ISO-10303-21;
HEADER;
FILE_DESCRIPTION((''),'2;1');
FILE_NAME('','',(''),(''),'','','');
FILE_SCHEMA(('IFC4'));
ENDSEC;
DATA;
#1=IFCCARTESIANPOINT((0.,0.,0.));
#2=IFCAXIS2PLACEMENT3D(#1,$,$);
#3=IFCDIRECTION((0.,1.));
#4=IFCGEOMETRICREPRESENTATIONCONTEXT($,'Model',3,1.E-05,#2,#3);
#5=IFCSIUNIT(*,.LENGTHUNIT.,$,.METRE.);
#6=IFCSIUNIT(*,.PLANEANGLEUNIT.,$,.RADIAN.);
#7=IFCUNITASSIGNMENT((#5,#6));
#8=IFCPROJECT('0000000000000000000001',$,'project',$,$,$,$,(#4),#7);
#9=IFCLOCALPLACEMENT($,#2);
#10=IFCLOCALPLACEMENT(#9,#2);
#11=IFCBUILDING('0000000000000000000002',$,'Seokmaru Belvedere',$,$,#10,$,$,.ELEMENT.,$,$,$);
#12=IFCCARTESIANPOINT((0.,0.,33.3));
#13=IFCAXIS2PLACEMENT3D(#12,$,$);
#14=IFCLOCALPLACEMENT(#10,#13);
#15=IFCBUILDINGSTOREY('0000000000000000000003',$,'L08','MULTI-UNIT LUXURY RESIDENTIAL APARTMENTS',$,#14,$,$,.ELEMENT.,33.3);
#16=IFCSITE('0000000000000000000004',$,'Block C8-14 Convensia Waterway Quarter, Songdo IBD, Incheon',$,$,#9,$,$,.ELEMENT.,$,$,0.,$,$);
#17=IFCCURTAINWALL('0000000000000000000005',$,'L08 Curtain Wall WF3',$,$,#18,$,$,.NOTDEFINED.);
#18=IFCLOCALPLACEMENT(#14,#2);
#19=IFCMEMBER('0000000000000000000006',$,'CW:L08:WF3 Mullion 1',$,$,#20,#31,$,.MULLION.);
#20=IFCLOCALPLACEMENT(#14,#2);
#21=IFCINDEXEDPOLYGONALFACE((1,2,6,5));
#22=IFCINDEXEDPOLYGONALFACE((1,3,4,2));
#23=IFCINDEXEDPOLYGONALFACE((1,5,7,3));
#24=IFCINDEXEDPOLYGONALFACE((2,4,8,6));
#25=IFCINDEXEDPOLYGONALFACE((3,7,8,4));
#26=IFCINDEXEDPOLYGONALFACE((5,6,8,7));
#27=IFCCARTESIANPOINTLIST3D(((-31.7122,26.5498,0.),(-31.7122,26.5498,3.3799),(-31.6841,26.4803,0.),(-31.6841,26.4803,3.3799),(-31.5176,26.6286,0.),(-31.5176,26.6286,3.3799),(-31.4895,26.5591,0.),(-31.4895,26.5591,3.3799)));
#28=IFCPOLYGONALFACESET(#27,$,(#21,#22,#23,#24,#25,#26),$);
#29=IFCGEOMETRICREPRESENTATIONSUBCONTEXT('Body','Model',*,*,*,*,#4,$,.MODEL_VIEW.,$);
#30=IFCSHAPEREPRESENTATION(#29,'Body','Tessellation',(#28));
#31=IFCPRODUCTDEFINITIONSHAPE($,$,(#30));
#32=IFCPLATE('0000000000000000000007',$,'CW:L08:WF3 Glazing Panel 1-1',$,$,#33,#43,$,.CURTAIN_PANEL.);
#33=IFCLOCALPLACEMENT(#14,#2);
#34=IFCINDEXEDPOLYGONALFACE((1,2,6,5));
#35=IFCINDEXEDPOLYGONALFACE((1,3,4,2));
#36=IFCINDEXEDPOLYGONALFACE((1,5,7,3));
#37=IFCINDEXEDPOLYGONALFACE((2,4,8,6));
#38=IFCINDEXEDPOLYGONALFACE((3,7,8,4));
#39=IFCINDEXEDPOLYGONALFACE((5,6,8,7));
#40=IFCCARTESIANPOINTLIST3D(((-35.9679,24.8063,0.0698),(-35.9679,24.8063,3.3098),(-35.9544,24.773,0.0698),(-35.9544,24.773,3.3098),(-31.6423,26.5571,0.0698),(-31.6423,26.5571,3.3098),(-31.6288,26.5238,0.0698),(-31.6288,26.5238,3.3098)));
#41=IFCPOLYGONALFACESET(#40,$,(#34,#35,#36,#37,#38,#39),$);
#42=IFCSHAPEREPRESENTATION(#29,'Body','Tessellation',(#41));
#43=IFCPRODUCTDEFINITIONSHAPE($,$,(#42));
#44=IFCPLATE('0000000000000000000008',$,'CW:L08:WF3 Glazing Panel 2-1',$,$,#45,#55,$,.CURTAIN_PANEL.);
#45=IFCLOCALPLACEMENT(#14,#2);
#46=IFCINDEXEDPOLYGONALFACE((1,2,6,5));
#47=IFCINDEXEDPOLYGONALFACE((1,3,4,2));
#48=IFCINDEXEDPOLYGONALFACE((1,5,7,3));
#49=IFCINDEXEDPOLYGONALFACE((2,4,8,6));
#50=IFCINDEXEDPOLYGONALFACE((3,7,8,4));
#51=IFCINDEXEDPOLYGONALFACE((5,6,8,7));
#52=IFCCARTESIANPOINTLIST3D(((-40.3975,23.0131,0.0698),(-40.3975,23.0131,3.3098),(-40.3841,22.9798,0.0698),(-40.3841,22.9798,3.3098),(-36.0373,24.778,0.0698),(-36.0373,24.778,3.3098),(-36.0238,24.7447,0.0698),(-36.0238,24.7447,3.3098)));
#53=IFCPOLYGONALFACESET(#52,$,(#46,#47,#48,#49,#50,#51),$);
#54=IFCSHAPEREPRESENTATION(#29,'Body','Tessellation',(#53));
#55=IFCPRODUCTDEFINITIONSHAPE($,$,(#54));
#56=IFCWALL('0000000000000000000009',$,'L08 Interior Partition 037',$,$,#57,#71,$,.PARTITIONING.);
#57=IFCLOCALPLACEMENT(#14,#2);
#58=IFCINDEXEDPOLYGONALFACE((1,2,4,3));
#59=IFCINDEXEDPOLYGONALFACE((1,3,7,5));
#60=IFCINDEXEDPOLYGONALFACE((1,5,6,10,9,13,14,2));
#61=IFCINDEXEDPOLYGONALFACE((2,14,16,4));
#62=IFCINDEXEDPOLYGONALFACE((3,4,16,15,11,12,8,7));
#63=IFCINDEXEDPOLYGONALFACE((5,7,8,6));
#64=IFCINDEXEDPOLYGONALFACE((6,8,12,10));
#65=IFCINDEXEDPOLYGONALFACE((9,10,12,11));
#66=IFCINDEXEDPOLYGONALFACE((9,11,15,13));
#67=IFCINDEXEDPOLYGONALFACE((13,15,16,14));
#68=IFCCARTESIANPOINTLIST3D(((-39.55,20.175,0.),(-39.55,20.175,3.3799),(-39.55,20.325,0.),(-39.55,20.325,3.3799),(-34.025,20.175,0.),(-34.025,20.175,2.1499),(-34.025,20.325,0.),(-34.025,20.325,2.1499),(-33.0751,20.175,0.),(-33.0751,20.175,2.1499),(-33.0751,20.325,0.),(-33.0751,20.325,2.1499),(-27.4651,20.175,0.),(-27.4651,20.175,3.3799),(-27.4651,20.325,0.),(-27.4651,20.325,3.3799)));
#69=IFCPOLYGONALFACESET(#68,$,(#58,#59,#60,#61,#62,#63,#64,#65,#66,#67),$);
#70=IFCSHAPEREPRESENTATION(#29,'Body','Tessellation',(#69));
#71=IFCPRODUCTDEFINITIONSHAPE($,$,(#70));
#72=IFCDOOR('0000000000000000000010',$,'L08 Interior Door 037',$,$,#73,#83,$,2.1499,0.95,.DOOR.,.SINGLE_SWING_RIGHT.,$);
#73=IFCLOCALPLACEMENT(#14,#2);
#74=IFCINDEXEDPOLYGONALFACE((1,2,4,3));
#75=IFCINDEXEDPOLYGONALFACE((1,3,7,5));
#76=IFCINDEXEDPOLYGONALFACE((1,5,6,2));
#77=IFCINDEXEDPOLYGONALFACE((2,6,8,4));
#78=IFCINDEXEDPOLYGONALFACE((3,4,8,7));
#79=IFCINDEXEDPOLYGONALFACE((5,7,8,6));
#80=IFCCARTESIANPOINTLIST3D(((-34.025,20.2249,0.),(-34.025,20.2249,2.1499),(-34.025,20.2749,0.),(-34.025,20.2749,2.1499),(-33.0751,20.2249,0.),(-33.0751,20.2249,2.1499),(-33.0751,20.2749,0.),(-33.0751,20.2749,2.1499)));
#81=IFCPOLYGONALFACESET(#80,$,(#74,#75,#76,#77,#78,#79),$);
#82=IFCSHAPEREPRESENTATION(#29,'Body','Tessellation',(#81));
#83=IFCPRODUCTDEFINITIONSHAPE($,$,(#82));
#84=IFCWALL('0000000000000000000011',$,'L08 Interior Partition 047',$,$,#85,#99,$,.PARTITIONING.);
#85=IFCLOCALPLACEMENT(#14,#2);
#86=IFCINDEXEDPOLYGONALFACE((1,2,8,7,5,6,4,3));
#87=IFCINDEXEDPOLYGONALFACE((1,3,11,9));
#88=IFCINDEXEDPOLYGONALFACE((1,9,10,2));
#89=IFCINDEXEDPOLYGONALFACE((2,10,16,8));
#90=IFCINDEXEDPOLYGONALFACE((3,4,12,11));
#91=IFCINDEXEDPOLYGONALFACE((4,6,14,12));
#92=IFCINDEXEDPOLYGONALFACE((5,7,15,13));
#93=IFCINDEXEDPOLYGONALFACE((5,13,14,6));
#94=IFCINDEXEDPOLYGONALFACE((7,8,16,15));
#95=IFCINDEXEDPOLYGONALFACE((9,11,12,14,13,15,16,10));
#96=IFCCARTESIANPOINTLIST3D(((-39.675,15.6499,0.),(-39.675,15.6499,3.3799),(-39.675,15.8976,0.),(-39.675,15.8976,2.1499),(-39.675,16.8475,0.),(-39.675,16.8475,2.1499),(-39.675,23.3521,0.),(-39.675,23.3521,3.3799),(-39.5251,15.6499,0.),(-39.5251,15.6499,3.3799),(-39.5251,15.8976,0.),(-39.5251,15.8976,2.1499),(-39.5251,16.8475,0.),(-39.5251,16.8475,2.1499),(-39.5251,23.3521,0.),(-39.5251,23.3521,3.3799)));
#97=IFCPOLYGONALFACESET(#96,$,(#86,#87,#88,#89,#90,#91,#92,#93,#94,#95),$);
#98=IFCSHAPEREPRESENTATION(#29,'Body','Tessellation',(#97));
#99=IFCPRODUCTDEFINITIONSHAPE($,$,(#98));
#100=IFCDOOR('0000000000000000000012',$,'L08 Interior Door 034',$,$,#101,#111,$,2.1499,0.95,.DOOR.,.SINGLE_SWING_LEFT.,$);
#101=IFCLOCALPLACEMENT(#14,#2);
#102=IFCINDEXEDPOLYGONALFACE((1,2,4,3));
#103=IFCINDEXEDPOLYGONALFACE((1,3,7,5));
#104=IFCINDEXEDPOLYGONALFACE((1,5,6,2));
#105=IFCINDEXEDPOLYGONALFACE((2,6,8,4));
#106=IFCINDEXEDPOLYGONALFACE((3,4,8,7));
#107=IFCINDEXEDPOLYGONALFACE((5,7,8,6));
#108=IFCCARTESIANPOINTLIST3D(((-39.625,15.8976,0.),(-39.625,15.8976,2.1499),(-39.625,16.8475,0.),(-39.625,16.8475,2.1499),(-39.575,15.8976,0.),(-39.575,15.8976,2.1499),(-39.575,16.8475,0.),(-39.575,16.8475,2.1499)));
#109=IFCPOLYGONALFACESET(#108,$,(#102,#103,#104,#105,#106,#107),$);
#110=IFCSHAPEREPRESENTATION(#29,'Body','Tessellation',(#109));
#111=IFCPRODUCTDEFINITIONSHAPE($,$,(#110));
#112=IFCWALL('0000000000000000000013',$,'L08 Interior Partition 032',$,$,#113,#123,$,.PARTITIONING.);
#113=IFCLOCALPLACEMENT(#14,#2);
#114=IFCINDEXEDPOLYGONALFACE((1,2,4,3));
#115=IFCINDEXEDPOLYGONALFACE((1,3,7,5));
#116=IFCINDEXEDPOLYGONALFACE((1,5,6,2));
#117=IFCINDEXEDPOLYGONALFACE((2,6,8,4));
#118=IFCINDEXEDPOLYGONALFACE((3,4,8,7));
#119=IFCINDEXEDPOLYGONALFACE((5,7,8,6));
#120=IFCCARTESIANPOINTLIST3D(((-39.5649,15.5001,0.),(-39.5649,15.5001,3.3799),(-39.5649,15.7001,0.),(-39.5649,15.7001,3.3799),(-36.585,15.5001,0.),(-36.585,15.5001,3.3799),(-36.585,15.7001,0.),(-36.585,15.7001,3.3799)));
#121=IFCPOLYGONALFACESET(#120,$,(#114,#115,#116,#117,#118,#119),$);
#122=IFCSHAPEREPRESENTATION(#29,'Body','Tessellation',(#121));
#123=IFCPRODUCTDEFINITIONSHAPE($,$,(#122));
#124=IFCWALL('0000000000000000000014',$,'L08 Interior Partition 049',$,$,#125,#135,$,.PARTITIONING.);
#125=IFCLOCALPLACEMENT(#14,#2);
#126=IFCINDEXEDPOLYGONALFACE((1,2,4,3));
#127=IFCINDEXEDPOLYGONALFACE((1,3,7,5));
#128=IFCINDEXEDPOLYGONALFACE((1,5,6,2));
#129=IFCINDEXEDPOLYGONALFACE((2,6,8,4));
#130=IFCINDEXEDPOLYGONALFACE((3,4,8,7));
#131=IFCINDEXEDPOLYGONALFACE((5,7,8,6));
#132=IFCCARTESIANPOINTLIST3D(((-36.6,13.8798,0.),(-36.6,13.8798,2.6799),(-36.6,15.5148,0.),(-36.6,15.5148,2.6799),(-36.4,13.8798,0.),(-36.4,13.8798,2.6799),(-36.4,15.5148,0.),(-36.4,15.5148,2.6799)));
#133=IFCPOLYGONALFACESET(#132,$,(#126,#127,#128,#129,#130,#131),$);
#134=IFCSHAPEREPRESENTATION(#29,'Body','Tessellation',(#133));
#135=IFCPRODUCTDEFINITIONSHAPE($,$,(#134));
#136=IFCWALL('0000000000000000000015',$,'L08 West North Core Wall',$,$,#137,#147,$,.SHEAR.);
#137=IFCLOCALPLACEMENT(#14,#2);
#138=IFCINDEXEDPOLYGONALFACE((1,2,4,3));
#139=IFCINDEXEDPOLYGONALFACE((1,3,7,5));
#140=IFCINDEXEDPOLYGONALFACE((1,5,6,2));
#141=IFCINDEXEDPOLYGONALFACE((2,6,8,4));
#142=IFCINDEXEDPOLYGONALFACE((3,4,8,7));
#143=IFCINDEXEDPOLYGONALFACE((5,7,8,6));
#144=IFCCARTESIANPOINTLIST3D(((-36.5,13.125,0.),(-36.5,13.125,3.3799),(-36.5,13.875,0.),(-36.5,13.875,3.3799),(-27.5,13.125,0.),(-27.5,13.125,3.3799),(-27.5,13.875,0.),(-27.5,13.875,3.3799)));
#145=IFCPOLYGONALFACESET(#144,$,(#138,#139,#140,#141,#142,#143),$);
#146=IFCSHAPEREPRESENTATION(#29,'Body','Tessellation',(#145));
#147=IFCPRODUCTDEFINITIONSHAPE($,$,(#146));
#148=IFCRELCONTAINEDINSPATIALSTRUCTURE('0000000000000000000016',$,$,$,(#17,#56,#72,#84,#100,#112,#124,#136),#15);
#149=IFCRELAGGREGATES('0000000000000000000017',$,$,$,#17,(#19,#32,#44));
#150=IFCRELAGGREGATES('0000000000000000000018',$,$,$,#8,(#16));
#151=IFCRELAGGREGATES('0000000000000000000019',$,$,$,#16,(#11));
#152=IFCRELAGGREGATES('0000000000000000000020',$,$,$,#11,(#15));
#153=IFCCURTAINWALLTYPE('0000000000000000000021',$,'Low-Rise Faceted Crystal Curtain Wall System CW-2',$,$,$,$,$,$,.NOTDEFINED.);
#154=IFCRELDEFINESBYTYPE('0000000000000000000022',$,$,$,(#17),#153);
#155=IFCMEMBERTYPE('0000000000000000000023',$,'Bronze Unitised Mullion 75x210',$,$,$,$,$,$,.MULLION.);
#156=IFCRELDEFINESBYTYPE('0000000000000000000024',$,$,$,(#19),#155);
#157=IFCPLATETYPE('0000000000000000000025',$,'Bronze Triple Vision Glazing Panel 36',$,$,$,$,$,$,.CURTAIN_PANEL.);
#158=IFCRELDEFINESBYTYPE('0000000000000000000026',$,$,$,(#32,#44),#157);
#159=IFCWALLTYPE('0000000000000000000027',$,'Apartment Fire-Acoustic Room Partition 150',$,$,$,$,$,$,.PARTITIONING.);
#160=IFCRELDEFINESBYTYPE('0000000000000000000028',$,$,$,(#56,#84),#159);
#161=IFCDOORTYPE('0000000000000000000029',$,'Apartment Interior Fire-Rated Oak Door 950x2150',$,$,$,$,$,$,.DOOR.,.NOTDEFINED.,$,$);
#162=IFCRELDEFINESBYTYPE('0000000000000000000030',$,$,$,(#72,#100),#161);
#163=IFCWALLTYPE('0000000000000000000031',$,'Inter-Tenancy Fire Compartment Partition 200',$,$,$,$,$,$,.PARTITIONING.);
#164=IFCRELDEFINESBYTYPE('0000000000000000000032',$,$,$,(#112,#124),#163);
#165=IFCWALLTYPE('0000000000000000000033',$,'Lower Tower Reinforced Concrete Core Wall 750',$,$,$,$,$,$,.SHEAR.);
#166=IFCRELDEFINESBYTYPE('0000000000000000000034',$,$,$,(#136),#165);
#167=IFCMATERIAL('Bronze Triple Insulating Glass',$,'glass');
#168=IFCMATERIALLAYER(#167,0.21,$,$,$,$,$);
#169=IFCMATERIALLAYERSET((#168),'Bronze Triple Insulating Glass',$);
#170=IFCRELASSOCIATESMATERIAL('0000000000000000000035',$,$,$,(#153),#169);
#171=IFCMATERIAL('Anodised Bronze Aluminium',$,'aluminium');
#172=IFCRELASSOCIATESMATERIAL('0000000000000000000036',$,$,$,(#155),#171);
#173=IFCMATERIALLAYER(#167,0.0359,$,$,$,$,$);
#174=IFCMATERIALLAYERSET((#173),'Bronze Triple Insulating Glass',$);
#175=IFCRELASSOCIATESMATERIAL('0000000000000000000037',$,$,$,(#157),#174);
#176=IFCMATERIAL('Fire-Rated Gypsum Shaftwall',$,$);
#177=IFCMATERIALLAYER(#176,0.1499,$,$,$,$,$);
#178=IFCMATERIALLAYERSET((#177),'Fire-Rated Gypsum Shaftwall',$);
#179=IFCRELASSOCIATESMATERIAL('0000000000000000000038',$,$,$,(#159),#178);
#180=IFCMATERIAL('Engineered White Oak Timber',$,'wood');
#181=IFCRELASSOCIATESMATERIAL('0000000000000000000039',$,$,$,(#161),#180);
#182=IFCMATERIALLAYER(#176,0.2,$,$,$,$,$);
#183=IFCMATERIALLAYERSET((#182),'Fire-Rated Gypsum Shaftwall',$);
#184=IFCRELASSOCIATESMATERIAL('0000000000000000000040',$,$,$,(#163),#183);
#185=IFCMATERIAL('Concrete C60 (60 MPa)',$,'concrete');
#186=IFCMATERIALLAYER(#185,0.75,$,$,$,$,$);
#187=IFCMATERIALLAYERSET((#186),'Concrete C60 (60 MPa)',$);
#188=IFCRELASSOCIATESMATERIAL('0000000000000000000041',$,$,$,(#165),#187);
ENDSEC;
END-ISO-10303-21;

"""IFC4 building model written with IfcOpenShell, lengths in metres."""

from ifc_helpers import new_model, si_unit, direction, frame, frame_2d, origin, origin_2d, place, context, subcontext, project, spatial, rectangle, extrude, source, transform, mapped, material, layer, layer_set, material_profile, profile_set, type_object, type_shapes, element, fill, aggregate, save


model = new_model("IFC4")

# Units and contexts
model_context = context("Model", 3, precision=1e-05, world=origin(), true_north=direction((0.0, 1.0)))
body_context = subcontext(model_context, "Body", "Model", "MODEL_VIEW")
ifc_project = project(units=[si_unit("LENGTHUNIT", "METRE"), si_unit("PLANEANGLEUNIT", "RADIAN")], contexts=[model_context])

# Site, building, storey
site_placement = place(None, origin())
site = spatial("IfcSite", under=ifc_project, at=site_placement, Name="Block C8-14 Convensia Waterway Quarter, Songdo IBD, Incheon", CompositionType="ELEMENT", RefElevation=0.0)
building_placement = place(site_placement, origin())
building = spatial("IfcBuilding", under=site, at=building_placement, Name="Seokmaru Belvedere", CompositionType="ELEMENT")
storey_placement = place(building_placement, frame((0.0, 0.0, 33.3)))
storey = spatial("IfcBuildingStorey", under=building, at=storey_placement, Name="L08", Description="MULTI-UNIT LUXURY RESIDENTIAL APARTMENTS", CompositionType="ELEMENT", Elevation=33.3)

# Curtain wall, member, plates
ifc_material_1 = material(Name="Bronze Triple Insulating Glass", Category="glass")
ifc_layer_1 = layer(ifc_material_1, 0.21)
ifc_layer_set_1 = layer_set([ifc_layer_1], Name="Bronze Triple Insulating Glass")
curtain_wall_type = type_object("IfcCurtainWallType", Name="Low-Rise Faceted Crystal Curtain Wall System CW-2", PredefinedType="NOTDEFINED", material=ifc_layer_set_1)
curtain_wall_placement = place(storey_placement, origin())
curtain_wall = element("IfcCurtainWall", 1, at=curtain_wall_placement, inside=storey, type_object=curtain_wall_type, Name="L08 Curtain Wall WF3", PredefinedType="NOTDEFINED")
ifc_material_2 = material(Name="Anodised Bronze Aluminium", Category="aluminium")
ifc_material_profile_1 = material_profile(ifc_material_2, rectangle(XDim=0.075, YDim=0.21, at=origin_2d()), Name="CW-M-75x210")
ifc_profile_set_1 = profile_set([ifc_material_profile_1], Name="Anodised Bronze Aluminium")
member_type_1 = type_object("IfcMemberType", Name="Bronze Unitised Mullion 75x210", PredefinedType="MULLION", material=ifc_profile_set_1)
shared_shape_1 = source(origin(), body_context, "Body", "SweptSolid", [
    extrude(rectangle(XDim=0.075, YDim=0.21, at=origin_2d()), origin(), (0.0, 0.0, 1.0), 3.3799),
])
member_1_placement = place(storey_placement, frame((-31.6008, 26.5544, 0.0), z_axis=(0.0, 0.0, 1.0), x_axis=(0.375192, -0.926947, 0.0)))
member_1 = element("IfcMember", 2, at=member_1_placement, type_object=member_type_1, Name="CW:L08:WF3 Mullion 1", PredefinedType="MULLION", context=body_context, shape_type="MappedRepresentation", body=[
    mapped(shared_shape_1, transform((0.0, 0.0, 0.0), scale=1.0)),
])
ifc_layer_2 = layer(ifc_material_1, 0.0359)
ifc_layer_set_2 = layer_set([ifc_layer_2], Name="Bronze Triple Insulating Glass")
plate_type = type_object("IfcPlateType", Name="Bronze Triple Vision Glazing Panel 36", PredefinedType="CURTAIN_PANEL", material=ifc_layer_set_2)
shared_shape_2 = source(origin(), body_context, "Body", "SweptSolid", [
    extrude(rectangle(XDim=4.6665, YDim=0.0359, at=origin_2d()), origin(), (0.0, 0.0, 1.0), 3.24),
])
plate_1_placement = place(storey_placement, frame((-33.7983, 25.665, 0.0698), z_axis=(0.0, 0.0, 1.0), x_axis=(-0.926947, -0.375192, 0.0)))
plate_1 = element("IfcPlate", 3, at=plate_1_placement, type_object=plate_type, Name="CW:L08:WF3 Glazing Panel 1-1", PredefinedType="CURTAIN_PANEL", context=body_context, shape_type="MappedRepresentation", body=[
    mapped(shared_shape_2, transform((0.0, 0.0, 0.0), scale=1.0)),
])
shared_shape_3 = source(origin(), body_context, "Body", "SweptSolid", [
    extrude(rectangle(XDim=4.7039, YDim=0.0359, at=origin_2d()), origin(), (0.0, 0.0, 1.0), 3.24),
])
type_shapes(plate_type, [shared_shape_2, shared_shape_3])
plate_2_placement = place(storey_placement, frame((-38.2107, 23.8789, 0.0698), z_axis=(0.0, 0.0, 1.0), x_axis=(-0.926947, -0.375192, 0.0)))
plate_2 = element("IfcPlate", 4, at=plate_2_placement, type_object=plate_type, Name="CW:L08:WF3 Glazing Panel 2-1", PredefinedType="CURTAIN_PANEL", context=body_context, shape_type="MappedRepresentation", body=[
    mapped(shared_shape_3, transform((0.0, 0.0, 0.0), scale=1.0)),
])
aggregate(curtain_wall, [member_1, plate_1, plate_2])

# Walls, openings, doors
ifc_material_3 = material(Name="Fire-Rated Gypsum Shaftwall")
ifc_layer_3 = layer(ifc_material_3, 0.1499)
ifc_layer_set_3 = layer_set([ifc_layer_3], Name="Fire-Rated Gypsum Shaftwall")
wall_type_1 = type_object("IfcWallType", Name="Apartment Fire-Acoustic Room Partition 150", PredefinedType="PARTITIONING", material=ifc_layer_set_3)
wall_1_placement = place(storey_placement, frame((-39.55, 20.25, 0.0), z_axis=(0.0, 0.0, 1.0), x_axis=(1.0, 0.0, 0.0)))
wall_1 = element("IfcWall", 5, at=wall_1_placement, inside=storey, type_object=wall_type_1, Name="L08 Interior Partition 037", PredefinedType="PARTITIONING", context=body_context, shape_type="SweptSolid", body=[
    extrude(rectangle(XDim=12.085, YDim=0.1499, at=frame_2d((6.0425, 0.0))), origin(), (0.0, 0.0, 1.0), 3.3799),
])
opening_1_placement = place(wall_1_placement, frame((5.5249, 0.0, 0.0)))
opening_1 = element("IfcOpeningElement", 6, at=opening_1_placement, cuts=wall_1, PredefinedType="OPENING", context=body_context, shape_type="SweptSolid", body=[
    extrude(rectangle(XDim=0.95, YDim=2.1499, at=frame_2d((0.4751, 1.075))), frame((0.0, 0.085, 0.0), z_axis=(0.0, -1.0, 0.0), x_axis=(1.0, 0.0, 0.0)), (0.0, 0.0, 1.0), 0.1699),
])
ifc_material_4 = material(Name="Engineered White Oak Timber", Category="wood")
door_type = type_object("IfcDoorType", Name="Apartment Interior Fire-Rated Oak Door 950x2150", OperationType="NOTDEFINED", PredefinedType="DOOR", material=ifc_material_4)
shared_shape_4 = source(origin(), body_context, "Body", "SweptSolid", [
    extrude(rectangle(XDim=0.95, YDim=2.1499, at=frame_2d((0.4751, 1.075))), frame((0.0, 0.0249, 0.0), z_axis=(0.0, -1.0, 0.0), x_axis=(1.0, 0.0, 0.0)), (0.0, 0.0, 1.0), 0.05),
])
type_shapes(door_type, [shared_shape_4])
door_1_placement = place(opening_1_placement, origin())
door_1 = element("IfcDoor", 7, at=door_1_placement, inside=storey, type_object=door_type, Name="L08 Interior Door 037", OperationType="SINGLE_SWING_RIGHT", OverallHeight=2.1499, OverallWidth=0.95, PredefinedType="DOOR", context=body_context, shape_type="MappedRepresentation", body=[
    mapped(shared_shape_4, transform((0.0, 0.0, 0.0), scale=1.0)),
])
fill(opening_1, door_1)
wall_2_placement = place(storey_placement, frame((-39.6001, 15.6499, 0.0), z_axis=(0.0, 0.0, 1.0), x_axis=(0.0, 1.0, 0.0)))
wall_2 = element("IfcWall", 8, at=wall_2_placement, inside=storey, type_object=wall_type_1, Name="L08 Interior Partition 047", PredefinedType="PARTITIONING", context=body_context, shape_type="SweptSolid", body=[
    extrude(rectangle(XDim=7.7021, YDim=0.1499, at=frame_2d((3.8511, 0.0))), origin(), (0.0, 0.0, 1.0), 3.3799),
])
opening_2_placement = place(wall_2_placement, frame((0.2476, 0.0, 0.0)))
opening_2 = element("IfcOpeningElement", 9, at=opening_2_placement, cuts=wall_2, PredefinedType="OPENING", context=body_context, shape_type="SweptSolid", body=[
    extrude(rectangle(XDim=0.95, YDim=2.1499, at=frame_2d((0.4751, 1.075))), frame((0.0, 0.085, 0.0), z_axis=(0.0, -1.0, 0.0), x_axis=(1.0, 0.0, 0.0)), (0.0, 0.0, 1.0), 0.1699),
])
door_2_placement = place(opening_2_placement, origin())
door_2 = element("IfcDoor", 10, at=door_2_placement, inside=storey, type_object=door_type, Name="L08 Interior Door 034", OperationType="SINGLE_SWING_LEFT", OverallHeight=2.1499, OverallWidth=0.95, PredefinedType="DOOR", context=body_context, shape_type="MappedRepresentation", body=[
    mapped(shared_shape_4, transform((0.0, 0.0, 0.0), scale=1.0)),
])
fill(opening_2, door_2)

# Walls
ifc_layer_4 = layer(ifc_material_3, 0.2)
ifc_layer_set_4 = layer_set([ifc_layer_4], Name="Fire-Rated Gypsum Shaftwall")
wall_type_2 = type_object("IfcWallType", Name="Inter-Tenancy Fire Compartment Partition 200", PredefinedType="PARTITIONING", material=ifc_layer_set_4)
wall_3_placement = place(storey_placement, frame((-39.5649, 15.6001, 0.0), z_axis=(0.0, 0.0, 1.0), x_axis=(1.0, 0.0, 0.0)))
element("IfcWall", 11, at=wall_3_placement, inside=storey, type_object=wall_type_2, Name="L08 Interior Partition 032", PredefinedType="PARTITIONING", context=body_context, shape_type="SweptSolid", body=[
    extrude(rectangle(XDim=2.98, YDim=0.2, at=frame_2d((1.49, 0.0))), origin(), (0.0, 0.0, 1.0), 3.3799),
])
wall_4_placement = place(storey_placement, frame((-36.5, 13.8799, 0.0), z_axis=(0.0, 0.0, 1.0), x_axis=(0.0, 1.0, 0.0)))
element("IfcWall", 12, at=wall_4_placement, inside=storey, type_object=wall_type_2, Name="L08 Interior Partition 049", PredefinedType="PARTITIONING", context=body_context, shape_type="SweptSolid", body=[
    extrude(rectangle(XDim=1.635, YDim=0.2, at=frame_2d((0.8174, 0.0))), origin(), (0.0, 0.0, 1.0), 2.6799),
])
ifc_material_5 = material(Name="Concrete C60 (60 MPa)", Category="concrete")
ifc_layer_5 = layer(ifc_material_5, 0.75)
ifc_layer_set_5 = layer_set([ifc_layer_5], Name="Concrete C60 (60 MPa)")
wall_type_3 = type_object("IfcWallType", Name="Lower Tower Reinforced Concrete Core Wall 750", PredefinedType="SHEAR", material=ifc_layer_set_5)
wall_5_placement = place(storey_placement, frame((-36.5, 13.5, 0.0), z_axis=(0.0, 0.0, 1.0), x_axis=(1.0, 0.0, 0.0)))
element("IfcWall", 13, at=wall_5_placement, inside=storey, type_object=wall_type_3, Name="L08 West North Core Wall", PredefinedType="SHEAR", context=body_context, shape_type="SweptSolid", body=[
    extrude(rectangle(XDim=9.0, YDim=0.75, at=frame_2d((4.5, 0.0))), origin(), (0.0, 0.0, 1.0), 3.3799),
])

save(model, "model.ifc")
